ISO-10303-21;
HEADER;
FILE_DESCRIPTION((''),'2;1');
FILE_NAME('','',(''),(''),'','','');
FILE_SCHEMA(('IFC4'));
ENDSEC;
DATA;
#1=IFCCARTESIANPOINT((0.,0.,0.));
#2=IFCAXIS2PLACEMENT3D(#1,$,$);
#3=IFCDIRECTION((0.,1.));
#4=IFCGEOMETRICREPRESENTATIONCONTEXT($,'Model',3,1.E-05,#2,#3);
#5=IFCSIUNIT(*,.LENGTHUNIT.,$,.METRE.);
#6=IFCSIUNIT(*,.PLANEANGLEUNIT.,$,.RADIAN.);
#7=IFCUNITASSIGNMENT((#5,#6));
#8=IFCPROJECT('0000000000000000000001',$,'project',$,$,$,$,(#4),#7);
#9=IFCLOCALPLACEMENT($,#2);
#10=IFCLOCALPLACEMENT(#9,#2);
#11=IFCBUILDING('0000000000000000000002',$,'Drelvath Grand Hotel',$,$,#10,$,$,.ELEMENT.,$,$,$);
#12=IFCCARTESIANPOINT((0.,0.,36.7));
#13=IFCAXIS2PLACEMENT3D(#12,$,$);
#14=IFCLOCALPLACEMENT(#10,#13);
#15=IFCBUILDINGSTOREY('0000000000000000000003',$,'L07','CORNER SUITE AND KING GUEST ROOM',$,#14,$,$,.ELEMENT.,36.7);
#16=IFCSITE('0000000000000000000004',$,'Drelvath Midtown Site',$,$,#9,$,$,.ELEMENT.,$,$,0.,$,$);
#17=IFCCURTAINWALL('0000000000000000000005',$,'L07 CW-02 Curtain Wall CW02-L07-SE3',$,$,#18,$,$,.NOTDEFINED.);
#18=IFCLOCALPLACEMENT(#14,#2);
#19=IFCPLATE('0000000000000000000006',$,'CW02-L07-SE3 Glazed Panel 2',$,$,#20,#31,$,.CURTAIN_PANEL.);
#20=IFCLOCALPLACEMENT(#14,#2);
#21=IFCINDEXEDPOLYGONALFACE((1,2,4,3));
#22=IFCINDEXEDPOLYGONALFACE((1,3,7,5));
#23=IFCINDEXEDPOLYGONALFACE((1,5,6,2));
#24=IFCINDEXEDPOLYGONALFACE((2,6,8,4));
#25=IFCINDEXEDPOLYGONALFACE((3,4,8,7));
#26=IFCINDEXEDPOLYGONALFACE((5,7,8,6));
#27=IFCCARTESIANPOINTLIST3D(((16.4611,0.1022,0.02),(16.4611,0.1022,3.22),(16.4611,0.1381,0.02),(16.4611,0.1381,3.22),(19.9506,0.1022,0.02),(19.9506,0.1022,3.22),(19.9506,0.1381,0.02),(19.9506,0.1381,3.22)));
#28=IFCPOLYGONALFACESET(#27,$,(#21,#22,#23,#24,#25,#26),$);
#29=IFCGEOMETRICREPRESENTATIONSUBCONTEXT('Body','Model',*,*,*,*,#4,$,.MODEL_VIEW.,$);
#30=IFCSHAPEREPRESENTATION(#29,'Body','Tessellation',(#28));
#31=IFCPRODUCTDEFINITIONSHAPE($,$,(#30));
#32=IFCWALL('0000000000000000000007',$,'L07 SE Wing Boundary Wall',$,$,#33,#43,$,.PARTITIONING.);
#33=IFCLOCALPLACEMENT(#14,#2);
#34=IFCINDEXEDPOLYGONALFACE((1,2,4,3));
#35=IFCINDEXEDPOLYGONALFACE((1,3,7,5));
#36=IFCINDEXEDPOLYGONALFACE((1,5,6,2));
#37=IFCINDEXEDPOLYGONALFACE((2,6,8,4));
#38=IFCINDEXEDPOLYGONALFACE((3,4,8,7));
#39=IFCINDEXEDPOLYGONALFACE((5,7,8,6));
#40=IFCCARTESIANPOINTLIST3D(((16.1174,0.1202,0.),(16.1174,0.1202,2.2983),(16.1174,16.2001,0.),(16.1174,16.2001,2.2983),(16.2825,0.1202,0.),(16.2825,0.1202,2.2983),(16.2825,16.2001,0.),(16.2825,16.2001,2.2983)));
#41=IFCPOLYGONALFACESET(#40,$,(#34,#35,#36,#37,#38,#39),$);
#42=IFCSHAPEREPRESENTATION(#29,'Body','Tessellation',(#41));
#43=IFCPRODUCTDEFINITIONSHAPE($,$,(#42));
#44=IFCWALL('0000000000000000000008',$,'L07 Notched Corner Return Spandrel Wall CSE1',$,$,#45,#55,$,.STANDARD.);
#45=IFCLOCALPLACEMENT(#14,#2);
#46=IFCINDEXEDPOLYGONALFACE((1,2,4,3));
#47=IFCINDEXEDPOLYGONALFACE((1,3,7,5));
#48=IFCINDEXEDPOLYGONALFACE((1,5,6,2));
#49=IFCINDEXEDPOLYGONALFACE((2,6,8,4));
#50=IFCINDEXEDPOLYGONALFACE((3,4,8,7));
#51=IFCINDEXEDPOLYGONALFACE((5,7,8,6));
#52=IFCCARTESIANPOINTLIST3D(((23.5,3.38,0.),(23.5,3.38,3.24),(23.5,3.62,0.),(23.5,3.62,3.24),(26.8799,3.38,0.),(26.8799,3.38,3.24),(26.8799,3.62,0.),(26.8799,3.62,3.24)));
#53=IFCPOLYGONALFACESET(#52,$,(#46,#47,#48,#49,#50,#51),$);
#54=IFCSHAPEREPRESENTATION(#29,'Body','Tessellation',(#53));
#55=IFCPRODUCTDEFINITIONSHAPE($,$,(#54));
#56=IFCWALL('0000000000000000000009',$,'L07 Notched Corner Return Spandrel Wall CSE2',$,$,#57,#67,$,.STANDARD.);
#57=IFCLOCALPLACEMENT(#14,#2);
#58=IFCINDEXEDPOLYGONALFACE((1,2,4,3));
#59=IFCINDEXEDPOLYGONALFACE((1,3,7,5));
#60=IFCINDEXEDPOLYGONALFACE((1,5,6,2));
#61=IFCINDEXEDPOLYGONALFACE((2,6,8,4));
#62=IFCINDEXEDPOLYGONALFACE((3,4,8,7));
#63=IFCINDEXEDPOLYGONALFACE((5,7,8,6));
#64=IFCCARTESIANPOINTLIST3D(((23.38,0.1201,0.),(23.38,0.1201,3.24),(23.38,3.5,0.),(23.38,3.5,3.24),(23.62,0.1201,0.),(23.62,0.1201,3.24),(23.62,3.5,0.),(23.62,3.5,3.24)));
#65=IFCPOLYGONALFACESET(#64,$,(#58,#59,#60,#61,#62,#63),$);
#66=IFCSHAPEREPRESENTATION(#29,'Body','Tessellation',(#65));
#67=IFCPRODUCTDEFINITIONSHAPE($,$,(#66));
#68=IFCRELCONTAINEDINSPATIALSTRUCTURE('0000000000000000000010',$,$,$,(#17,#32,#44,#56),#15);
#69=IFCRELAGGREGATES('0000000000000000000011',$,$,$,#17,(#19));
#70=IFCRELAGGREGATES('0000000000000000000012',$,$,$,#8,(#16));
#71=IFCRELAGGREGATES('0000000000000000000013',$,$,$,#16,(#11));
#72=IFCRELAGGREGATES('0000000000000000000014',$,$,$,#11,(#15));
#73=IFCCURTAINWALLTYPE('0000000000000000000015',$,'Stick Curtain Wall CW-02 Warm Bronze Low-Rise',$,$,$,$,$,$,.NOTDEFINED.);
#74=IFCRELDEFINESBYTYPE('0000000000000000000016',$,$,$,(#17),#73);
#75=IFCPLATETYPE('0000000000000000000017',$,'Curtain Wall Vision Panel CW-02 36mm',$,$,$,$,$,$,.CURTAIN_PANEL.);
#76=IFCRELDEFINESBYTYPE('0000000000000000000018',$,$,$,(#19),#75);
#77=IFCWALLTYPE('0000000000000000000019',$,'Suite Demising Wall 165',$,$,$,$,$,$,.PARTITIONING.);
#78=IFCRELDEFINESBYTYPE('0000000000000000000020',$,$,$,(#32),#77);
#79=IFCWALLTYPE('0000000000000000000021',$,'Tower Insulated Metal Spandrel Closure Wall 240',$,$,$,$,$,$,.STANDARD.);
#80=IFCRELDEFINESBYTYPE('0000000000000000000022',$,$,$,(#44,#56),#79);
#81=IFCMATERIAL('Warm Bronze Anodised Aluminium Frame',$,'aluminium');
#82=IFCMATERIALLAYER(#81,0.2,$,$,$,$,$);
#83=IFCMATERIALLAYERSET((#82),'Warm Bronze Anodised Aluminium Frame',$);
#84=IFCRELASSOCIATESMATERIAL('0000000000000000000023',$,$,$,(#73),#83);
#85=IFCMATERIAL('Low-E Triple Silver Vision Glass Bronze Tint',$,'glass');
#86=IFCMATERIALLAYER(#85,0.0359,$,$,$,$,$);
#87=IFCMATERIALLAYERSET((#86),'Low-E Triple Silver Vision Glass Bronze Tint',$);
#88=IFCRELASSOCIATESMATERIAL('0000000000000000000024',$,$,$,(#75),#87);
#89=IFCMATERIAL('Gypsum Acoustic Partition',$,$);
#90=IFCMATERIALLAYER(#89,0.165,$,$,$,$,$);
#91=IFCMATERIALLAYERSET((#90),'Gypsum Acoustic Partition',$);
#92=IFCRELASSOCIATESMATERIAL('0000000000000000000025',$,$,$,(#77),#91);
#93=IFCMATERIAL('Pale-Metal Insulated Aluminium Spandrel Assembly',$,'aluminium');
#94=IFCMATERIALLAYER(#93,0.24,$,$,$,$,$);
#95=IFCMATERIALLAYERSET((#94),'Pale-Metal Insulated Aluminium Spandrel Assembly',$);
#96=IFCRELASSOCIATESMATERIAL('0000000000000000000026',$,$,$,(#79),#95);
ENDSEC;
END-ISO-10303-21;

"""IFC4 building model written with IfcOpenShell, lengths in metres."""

from ifc_helpers import new_model, si_unit, direction, frame, frame_2d, origin, origin_2d, place, context, subcontext, project, spatial, rectangle, extrude, material, layer, layer_set, type_object, element, aggregate, save


model = new_model("IFC4")

# Units and contexts
model_context = context("Model", 3, precision=1e-05, world=origin(), true_north=direction((0.0, 1.0)))
body_context = subcontext(model_context, "Body", "Model", "MODEL_VIEW")
ifc_project = project(units=[si_unit("LENGTHUNIT", "METRE"), si_unit("PLANEANGLEUNIT", "RADIAN")], contexts=[model_context])

# Site, building, storey
site_placement = place(None, origin())
site = spatial("IfcSite", under=ifc_project, at=site_placement, Name="Drelvath Midtown Site", CompositionType="ELEMENT", RefElevation=0.0)
building_placement = place(site_placement, origin())
building = spatial("IfcBuilding", under=site, at=building_placement, Name="Drelvath Grand Hotel", CompositionType="ELEMENT")
storey_placement = place(building_placement, frame((0.0, 0.0, 36.7)))
storey = spatial("IfcBuildingStorey", under=building, at=storey_placement, Name="L07", Description="CORNER SUITE AND KING GUEST ROOM", CompositionType="ELEMENT", Elevation=36.7)

# Curtain wall
ifc_material_1 = material(Name="Warm Bronze Anodised Aluminium Frame", Category="aluminium")
ifc_layer_1 = layer(ifc_material_1, 0.2)
ifc_layer_set_1 = layer_set([ifc_layer_1], Name="Warm Bronze Anodised Aluminium Frame")
curtain_wall_type = type_object("IfcCurtainWallType", Name="Stick Curtain Wall CW-02 Warm Bronze Low-Rise", PredefinedType="NOTDEFINED", material=ifc_layer_set_1)
curtain_wall_1_placement = place(storey_placement, origin())
curtain_wall_1 = element("IfcCurtainWall", 1, at=curtain_wall_1_placement, inside=storey, type_object=curtain_wall_type, Name="L07 CW-02 Curtain Wall CW02-L07-SE3", PredefinedType="NOTDEFINED")

# Plate
ifc_material_2 = material(Name="Low-E Triple Silver Vision Glass Bronze Tint", Category="glass")
ifc_layer_2 = layer(ifc_material_2, 0.0359)
ifc_layer_set_2 = layer_set([ifc_layer_2], Name="Low-E Triple Silver Vision Glass Bronze Tint")
plate_type = type_object("IfcPlateType", Name="Curtain Wall Vision Panel CW-02 36mm", PredefinedType="CURTAIN_PANEL", material=ifc_layer_set_2)
plate_1_placement = place(storey_placement, frame((18.2058, 0.1201, 0.02), z_axis=(0.0, 0.0, 1.0), x_axis=(-1.0, 0.0, 0.0)))
plate_1 = element("IfcPlate", 2, at=plate_1_placement, type_object=plate_type, Name="CW02-L07-SE3 Glazed Panel 2", PredefinedType="CURTAIN_PANEL", context=body_context, shape_type="SweptSolid", body=[
    extrude(rectangle(XDim=3.4895, YDim=0.0359, at=origin_2d()), origin(), (0.0, 0.0, 1.0), 3.2),
])
aggregate(curtain_wall_1, [plate_1])

# Walls
ifc_material_3 = material(Name="Gypsum Acoustic Partition")
ifc_layer_3 = layer(ifc_material_3, 0.165)
ifc_layer_set_3 = layer_set([ifc_layer_3], Name="Gypsum Acoustic Partition")
wall_type_1 = type_object("IfcWallType", Name="Suite Demising Wall 165", PredefinedType="PARTITIONING", material=ifc_layer_set_3)
wall_placement = place(storey_placement, frame((16.2, 0.1201, 0.0), z_axis=(0.0, 0.0, 1.0), x_axis=(0.0, 1.0, 0.0)))
element("IfcWall", 3, at=wall_placement, inside=storey, type_object=wall_type_1, Name="L07 SE Wing Boundary Wall", PredefinedType="PARTITIONING", context=body_context, shape_type="SweptSolid", body=[
    extrude(rectangle(XDim=16.0798, YDim=0.165, at=frame_2d((8.04, 0.0))), origin(), (0.0, 0.0, 1.0), 2.2983),
])
ifc_material_4 = material(Name="Pale-Metal Insulated Aluminium Spandrel Assembly", Category="aluminium")
ifc_layer_4 = layer(ifc_material_4, 0.24)
ifc_layer_set_4 = layer_set([ifc_layer_4], Name="Pale-Metal Insulated Aluminium Spandrel Assembly")
wall_type_2 = type_object("IfcWallType", Name="Tower Insulated Metal Spandrel Closure Wall 240", PredefinedType="STANDARD", material=ifc_layer_set_4)
for number, where, z_axis, x_axis, name in (
    (4, (26.8799, 3.5, 0.0), (0.0, 0.0, 1.0), (-1.0, 0.0, 0.0), "L07 Notched Corner Return Spandrel Wall CSE1"),
    (5, (23.5, 3.5, 0.0), (0.0, 0.0, 1.0), (0.0, -1.0, 0.0), "L07 Notched Corner Return Spandrel Wall CSE2"),
):
    element("IfcWall", number, at=place(storey_placement, frame(where, z_axis=z_axis, x_axis=x_axis)), inside=storey, type_object=wall_type_2, Name=name, PredefinedType="STANDARD", context=body_context, shape_type="SweptSolid", body=[
        extrude(rectangle(XDim=3.3799, YDim=0.24, at=frame_2d((1.6899, 0.0))), origin(), (0.0, 0.0, 1.0), 3.24),
    ])

save(model, "model.ifc")
